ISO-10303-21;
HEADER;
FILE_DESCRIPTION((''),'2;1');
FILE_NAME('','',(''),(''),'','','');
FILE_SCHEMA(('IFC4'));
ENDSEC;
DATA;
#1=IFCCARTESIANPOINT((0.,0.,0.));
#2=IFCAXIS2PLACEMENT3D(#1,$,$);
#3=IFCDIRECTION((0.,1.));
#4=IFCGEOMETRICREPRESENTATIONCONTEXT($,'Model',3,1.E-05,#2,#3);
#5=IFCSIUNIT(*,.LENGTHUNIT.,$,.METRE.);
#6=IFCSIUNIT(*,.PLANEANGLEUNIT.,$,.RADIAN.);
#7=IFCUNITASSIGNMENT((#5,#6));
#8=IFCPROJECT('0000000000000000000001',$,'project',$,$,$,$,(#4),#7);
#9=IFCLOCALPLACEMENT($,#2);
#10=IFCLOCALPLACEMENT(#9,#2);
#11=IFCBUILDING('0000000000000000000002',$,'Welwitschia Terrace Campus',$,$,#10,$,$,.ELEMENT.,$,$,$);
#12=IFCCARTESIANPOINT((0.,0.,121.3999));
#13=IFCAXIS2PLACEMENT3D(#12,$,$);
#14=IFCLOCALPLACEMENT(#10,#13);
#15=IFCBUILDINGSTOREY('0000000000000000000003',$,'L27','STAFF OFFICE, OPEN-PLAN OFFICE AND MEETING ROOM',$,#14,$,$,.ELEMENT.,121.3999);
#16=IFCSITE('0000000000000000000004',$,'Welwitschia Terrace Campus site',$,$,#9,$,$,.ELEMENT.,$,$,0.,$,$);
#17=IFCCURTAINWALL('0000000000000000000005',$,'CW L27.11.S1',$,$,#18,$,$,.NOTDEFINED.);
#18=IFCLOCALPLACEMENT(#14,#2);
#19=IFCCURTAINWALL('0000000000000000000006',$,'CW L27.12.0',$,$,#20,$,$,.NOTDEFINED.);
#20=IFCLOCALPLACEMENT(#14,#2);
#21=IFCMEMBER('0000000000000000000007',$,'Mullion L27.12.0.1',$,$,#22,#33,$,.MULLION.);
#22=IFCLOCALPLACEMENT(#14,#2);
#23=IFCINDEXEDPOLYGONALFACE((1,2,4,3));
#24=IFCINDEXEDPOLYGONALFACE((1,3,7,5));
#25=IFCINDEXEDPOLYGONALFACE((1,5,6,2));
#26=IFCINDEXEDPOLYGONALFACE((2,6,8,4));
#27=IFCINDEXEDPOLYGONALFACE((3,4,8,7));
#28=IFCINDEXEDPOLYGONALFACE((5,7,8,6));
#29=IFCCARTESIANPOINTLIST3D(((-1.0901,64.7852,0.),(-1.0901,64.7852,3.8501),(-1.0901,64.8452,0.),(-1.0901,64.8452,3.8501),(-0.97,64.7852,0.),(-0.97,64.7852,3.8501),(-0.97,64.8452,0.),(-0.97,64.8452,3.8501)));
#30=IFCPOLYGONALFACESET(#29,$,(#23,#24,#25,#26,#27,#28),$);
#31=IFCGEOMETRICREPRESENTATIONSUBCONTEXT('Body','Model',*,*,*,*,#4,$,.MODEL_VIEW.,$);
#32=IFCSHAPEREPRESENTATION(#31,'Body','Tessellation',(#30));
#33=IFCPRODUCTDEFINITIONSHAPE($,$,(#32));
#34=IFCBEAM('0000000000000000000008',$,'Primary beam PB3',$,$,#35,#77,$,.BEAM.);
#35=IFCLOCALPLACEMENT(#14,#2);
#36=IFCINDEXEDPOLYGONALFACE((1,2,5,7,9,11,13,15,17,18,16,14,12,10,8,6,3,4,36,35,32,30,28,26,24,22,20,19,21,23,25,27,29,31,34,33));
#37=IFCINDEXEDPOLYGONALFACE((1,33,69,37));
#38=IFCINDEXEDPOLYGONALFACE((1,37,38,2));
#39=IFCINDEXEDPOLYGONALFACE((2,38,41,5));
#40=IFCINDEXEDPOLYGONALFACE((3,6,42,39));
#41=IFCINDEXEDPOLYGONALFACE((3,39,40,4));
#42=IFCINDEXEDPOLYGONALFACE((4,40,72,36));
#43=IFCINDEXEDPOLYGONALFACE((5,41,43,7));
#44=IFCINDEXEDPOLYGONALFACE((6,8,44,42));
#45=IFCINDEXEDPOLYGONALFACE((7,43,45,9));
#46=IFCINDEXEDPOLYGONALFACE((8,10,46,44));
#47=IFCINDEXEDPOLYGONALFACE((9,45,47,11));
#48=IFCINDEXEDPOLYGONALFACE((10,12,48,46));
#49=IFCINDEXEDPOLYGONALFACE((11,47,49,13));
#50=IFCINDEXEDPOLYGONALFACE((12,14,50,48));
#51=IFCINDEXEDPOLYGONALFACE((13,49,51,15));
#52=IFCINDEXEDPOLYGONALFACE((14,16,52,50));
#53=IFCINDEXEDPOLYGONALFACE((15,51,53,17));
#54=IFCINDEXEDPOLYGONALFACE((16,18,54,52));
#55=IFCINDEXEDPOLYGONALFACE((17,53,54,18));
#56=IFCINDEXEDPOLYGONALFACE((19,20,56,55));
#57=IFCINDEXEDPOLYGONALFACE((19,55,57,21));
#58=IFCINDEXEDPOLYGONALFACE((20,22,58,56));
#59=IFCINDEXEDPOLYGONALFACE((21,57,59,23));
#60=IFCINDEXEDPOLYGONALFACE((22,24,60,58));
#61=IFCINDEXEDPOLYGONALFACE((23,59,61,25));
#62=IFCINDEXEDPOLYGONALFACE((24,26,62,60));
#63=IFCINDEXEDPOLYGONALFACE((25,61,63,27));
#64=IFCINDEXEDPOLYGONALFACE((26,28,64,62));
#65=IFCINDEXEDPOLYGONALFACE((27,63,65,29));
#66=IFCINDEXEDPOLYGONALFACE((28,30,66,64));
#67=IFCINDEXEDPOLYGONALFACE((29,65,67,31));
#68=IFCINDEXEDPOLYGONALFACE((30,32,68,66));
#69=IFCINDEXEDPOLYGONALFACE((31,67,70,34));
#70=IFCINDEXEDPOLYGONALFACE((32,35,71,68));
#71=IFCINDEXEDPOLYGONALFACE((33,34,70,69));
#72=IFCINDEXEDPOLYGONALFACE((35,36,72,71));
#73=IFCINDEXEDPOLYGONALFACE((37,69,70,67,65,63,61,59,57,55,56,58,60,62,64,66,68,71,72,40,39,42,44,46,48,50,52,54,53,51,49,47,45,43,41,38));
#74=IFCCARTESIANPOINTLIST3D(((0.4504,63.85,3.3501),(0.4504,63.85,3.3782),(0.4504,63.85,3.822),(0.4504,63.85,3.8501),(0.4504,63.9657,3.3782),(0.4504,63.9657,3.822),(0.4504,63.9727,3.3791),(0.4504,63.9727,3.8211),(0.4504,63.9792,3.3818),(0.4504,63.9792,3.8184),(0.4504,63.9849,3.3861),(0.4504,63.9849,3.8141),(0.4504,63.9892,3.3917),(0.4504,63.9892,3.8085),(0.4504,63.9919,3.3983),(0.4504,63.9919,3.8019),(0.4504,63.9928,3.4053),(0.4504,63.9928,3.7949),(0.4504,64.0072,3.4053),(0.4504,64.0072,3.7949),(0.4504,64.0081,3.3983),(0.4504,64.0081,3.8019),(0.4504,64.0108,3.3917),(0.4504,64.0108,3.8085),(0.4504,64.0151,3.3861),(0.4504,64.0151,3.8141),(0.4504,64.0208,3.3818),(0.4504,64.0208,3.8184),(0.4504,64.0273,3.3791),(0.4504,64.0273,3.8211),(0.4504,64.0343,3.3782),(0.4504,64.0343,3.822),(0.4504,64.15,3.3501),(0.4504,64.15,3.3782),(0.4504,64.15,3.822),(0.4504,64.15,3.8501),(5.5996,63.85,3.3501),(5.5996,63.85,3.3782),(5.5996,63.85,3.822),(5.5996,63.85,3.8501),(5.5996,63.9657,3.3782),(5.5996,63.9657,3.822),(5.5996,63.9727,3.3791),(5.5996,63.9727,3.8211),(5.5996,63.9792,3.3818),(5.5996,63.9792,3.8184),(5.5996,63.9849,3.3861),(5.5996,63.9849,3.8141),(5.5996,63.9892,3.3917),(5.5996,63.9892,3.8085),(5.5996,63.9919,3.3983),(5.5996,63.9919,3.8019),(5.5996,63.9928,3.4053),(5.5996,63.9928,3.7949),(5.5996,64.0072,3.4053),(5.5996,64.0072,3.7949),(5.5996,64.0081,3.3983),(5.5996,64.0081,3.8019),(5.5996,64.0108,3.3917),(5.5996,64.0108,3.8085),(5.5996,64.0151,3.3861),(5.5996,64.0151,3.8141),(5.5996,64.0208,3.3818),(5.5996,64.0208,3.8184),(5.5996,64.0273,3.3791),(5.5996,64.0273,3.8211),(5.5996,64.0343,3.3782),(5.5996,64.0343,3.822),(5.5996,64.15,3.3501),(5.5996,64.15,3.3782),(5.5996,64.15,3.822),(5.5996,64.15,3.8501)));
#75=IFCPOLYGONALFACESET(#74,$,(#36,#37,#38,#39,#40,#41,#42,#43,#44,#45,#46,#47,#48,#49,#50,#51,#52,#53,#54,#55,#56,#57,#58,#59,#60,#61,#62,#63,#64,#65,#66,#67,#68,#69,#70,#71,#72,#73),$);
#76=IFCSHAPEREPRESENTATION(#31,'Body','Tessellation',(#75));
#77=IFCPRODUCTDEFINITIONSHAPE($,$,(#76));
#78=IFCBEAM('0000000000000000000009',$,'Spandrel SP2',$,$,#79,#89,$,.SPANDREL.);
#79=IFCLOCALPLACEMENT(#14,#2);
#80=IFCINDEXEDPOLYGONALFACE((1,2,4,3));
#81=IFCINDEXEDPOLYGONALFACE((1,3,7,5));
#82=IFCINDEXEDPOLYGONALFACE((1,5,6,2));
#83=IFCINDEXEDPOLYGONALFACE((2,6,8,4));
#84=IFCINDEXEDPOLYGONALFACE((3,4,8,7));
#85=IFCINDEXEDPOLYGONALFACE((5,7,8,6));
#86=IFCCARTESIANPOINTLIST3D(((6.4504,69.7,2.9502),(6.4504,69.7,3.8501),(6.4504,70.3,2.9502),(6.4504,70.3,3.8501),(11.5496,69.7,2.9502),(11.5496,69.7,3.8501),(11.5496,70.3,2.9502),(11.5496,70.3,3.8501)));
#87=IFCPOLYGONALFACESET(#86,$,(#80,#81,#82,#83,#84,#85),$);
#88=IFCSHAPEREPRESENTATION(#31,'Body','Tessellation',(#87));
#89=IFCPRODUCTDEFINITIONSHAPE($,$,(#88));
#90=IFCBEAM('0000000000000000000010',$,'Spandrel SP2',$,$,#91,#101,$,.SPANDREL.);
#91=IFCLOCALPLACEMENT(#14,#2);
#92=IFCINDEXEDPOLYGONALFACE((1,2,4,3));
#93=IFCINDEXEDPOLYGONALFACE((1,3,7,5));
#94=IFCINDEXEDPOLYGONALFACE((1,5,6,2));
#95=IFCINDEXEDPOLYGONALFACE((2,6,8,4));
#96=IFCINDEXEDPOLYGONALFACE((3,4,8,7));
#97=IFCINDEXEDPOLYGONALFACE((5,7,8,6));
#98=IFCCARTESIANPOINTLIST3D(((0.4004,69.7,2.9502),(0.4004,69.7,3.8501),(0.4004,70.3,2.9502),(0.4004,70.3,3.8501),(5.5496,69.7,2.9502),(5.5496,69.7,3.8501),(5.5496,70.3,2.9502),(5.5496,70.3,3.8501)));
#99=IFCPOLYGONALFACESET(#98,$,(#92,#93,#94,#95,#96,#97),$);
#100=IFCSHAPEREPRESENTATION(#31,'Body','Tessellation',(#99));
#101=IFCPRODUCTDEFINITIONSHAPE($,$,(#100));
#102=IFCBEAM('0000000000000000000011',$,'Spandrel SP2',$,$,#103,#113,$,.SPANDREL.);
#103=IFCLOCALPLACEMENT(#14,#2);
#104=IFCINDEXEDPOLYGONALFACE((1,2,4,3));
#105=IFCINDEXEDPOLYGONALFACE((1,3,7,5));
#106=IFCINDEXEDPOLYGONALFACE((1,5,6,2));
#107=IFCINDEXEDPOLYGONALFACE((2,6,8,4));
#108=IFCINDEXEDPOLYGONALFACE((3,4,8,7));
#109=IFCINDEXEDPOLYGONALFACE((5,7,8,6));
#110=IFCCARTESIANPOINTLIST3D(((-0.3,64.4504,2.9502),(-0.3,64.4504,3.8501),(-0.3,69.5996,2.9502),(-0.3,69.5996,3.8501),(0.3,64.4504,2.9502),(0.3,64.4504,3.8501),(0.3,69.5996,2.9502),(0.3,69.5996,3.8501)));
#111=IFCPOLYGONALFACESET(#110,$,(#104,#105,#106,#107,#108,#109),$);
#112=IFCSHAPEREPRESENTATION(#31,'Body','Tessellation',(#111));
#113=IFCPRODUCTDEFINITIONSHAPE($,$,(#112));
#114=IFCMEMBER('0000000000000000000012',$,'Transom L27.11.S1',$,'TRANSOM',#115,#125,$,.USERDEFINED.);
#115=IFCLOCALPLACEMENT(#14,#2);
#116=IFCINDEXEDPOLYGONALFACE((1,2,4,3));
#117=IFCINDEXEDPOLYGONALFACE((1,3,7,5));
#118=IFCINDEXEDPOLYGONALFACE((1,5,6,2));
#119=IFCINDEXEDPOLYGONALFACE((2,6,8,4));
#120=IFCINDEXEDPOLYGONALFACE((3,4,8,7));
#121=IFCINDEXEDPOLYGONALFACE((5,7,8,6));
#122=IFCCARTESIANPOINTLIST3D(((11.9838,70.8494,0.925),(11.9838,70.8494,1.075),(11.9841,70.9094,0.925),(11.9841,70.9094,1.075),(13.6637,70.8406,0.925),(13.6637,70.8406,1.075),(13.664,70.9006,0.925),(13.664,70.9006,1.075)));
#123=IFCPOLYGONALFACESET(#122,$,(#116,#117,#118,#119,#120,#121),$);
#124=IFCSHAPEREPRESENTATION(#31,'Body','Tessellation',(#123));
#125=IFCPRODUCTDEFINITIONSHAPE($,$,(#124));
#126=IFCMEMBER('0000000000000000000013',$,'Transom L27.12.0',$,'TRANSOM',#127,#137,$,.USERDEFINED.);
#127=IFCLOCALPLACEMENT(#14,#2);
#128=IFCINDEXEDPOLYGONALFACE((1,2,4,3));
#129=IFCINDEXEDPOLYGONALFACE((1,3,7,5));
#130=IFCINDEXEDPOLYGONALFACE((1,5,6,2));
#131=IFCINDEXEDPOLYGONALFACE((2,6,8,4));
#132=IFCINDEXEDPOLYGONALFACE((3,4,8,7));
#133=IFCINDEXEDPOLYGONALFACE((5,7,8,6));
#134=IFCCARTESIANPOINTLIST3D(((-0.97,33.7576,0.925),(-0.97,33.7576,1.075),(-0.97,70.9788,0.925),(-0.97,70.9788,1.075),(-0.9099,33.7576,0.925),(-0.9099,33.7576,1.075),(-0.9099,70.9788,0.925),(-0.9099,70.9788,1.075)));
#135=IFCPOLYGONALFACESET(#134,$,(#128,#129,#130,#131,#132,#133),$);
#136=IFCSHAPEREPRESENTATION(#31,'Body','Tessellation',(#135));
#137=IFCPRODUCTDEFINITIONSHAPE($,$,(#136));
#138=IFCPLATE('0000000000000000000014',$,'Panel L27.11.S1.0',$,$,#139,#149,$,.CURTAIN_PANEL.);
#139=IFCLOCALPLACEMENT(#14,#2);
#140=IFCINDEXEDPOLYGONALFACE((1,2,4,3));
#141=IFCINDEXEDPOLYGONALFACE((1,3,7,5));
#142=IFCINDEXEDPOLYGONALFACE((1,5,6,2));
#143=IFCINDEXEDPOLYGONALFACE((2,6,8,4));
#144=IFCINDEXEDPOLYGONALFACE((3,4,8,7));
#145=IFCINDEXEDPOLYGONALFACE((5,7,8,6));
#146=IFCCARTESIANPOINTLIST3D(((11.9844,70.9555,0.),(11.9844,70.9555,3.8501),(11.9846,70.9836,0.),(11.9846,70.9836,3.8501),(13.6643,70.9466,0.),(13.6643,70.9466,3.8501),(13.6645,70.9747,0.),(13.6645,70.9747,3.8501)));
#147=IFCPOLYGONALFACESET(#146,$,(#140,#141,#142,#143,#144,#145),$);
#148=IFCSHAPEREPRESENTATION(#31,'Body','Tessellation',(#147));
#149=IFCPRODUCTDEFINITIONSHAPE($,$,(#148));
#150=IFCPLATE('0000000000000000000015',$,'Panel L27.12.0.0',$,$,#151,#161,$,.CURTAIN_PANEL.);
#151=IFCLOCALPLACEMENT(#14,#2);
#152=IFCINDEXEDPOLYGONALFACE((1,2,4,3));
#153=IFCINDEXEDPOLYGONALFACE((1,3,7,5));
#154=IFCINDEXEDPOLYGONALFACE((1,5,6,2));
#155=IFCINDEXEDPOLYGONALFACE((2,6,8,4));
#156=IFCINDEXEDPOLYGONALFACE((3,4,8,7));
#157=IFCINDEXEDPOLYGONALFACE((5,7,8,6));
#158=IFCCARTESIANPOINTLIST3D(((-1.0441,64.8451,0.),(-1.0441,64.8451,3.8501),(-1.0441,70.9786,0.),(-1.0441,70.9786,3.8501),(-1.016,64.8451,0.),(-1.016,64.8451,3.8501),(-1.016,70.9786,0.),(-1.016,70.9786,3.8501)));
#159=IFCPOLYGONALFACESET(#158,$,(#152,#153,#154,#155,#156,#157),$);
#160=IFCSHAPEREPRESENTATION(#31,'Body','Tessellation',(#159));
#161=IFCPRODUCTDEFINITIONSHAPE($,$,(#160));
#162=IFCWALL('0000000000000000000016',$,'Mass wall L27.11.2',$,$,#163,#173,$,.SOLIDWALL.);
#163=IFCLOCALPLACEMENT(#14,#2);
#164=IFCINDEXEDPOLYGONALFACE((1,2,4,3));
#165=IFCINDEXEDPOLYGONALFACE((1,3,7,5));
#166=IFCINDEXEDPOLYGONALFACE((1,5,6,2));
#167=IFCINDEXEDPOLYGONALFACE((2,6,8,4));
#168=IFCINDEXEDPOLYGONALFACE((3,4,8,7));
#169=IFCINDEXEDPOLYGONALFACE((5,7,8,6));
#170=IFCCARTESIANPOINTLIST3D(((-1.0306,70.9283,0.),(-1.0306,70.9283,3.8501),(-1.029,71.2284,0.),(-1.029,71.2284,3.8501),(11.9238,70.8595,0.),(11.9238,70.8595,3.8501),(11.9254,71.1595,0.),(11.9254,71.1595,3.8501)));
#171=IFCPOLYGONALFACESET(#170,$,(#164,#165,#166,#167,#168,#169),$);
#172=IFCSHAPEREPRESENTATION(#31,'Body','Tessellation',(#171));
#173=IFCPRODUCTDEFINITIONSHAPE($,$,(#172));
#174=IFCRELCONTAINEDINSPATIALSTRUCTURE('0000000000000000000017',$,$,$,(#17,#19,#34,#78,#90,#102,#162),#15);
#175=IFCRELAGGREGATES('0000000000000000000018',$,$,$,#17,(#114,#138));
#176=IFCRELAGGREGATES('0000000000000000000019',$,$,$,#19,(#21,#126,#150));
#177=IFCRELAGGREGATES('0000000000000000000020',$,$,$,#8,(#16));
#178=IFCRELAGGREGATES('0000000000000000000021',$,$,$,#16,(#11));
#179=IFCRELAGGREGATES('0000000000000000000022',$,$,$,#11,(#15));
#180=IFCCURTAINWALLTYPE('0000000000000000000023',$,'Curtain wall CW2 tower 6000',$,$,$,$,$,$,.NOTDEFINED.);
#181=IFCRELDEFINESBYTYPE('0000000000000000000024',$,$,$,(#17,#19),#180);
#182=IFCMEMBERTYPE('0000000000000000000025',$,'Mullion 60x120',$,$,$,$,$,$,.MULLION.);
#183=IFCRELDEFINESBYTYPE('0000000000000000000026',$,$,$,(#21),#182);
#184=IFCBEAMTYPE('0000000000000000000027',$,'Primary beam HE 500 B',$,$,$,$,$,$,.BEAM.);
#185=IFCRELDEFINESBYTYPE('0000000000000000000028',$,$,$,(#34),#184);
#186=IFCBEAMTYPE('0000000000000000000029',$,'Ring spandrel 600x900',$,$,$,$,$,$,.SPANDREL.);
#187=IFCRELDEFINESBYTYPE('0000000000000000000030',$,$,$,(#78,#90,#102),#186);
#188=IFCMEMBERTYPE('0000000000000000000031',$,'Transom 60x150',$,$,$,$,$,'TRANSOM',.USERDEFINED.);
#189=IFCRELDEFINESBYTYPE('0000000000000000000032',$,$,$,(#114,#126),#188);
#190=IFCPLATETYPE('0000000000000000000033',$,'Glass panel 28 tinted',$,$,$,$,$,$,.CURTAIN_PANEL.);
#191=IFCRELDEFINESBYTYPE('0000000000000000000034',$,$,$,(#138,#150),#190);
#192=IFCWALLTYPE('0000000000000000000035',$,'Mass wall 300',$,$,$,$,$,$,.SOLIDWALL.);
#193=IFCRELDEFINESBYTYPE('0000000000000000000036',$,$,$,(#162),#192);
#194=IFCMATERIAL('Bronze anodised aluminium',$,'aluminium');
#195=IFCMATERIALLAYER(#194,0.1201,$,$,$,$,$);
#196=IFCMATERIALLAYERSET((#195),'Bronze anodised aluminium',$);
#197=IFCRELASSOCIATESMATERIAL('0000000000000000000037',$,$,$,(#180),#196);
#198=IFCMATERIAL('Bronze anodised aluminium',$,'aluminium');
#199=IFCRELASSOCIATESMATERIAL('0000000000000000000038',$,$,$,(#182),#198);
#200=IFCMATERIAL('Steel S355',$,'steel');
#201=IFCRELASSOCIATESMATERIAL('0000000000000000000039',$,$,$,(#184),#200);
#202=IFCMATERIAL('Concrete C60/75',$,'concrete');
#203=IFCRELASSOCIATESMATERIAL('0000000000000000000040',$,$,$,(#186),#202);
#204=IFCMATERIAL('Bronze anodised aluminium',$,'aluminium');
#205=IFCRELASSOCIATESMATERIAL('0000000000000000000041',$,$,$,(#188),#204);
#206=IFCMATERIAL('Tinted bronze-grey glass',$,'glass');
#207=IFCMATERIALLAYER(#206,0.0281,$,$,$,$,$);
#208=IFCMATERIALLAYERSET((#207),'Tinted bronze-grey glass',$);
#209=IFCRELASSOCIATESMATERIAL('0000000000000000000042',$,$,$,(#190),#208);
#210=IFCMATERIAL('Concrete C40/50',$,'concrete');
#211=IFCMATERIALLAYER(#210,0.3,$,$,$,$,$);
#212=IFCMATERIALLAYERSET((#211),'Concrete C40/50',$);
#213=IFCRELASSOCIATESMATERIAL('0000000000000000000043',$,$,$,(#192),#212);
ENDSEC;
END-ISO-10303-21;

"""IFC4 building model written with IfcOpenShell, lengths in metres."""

from ifc_helpers import new_model, si_unit, direction, frame, frame_2d, origin, origin_2d, place, context, subcontext, project, spatial, rectangle, i_section, extrude, material, layer, layer_set, material_profile, profile_set, type_object, element, aggregate, save


model = new_model("IFC4")

# Units and contexts
model_context = context("Model", 3, precision=1e-05, world=origin(), true_north=direction((0.0, 1.0)))
body_context = subcontext(model_context, "Body", "Model", "MODEL_VIEW")
ifc_project = project(units=[si_unit("LENGTHUNIT", "METRE"), si_unit("PLANEANGLEUNIT", "RADIAN")], contexts=[model_context])

# Site, building, storey
site_placement = place(None, origin())
site = spatial("IfcSite", under=ifc_project, at=site_placement, Name="Welwitschia Terrace Campus site", CompositionType="ELEMENT", RefElevation=0.0)
building_placement = place(site_placement, origin())
building = spatial("IfcBuilding", under=site, at=building_placement, Name="Welwitschia Terrace Campus", CompositionType="ELEMENT")
storey_placement = place(building_placement, frame((0.0, 0.0, 121.3999)))
storey = spatial("IfcBuildingStorey", under=building, at=storey_placement, Name="L27", Description="STAFF OFFICE, OPEN-PLAN OFFICE AND MEETING ROOM", CompositionType="ELEMENT", Elevation=121.3999)

# Curtain walls, member
ifc_material_1 = material(Name="Bronze anodised aluminium", Category="aluminium")
ifc_layer_1 = layer(ifc_material_1, 0.1201)
ifc_layer_set_1 = layer_set([ifc_layer_1], Name="Bronze anodised aluminium")
curtain_wall_type = type_object("IfcCurtainWallType", Name="Curtain wall CW2 tower 6000", PredefinedType="NOTDEFINED", material=ifc_layer_set_1)
curtain_wall_1_placement = place(storey_placement, origin())
curtain_wall_1 = element("IfcCurtainWall", 1, at=curtain_wall_1_placement, inside=storey, type_object=curtain_wall_type, Name="CW L27.11.S1", PredefinedType="NOTDEFINED")
ifc_material_2 = material(Name="Bronze anodised aluminium", Category="aluminium")
ifc_material_profile_1 = material_profile(ifc_material_2, rectangle(XDim=0.1201, YDim=0.0601, at=origin_2d()))
ifc_profile_set_1 = profile_set([ifc_material_profile_1], Name="Bronze anodised aluminium")
member_type_1 = type_object("IfcMemberType", Name="Mullion 60x120", PredefinedType="MULLION", material=ifc_profile_set_1)
curtain_wall_2_placement = place(storey_placement, origin())
curtain_wall_2 = element("IfcCurtainWall", 2, at=curtain_wall_2_placement, inside=storey, type_object=curtain_wall_type, Name="CW L27.12.0", PredefinedType="NOTDEFINED")
member_1_placement = place(storey_placement, frame((-1.03, 64.8152, 0.0), z_axis=(0.0, 0.0, 1.0), x_axis=(1.0, 0.0, 0.0)))
member_1 = element("IfcMember", 3, at=member_1_placement, type_object=member_type_1, Name="Mullion L27.12.0.1", PredefinedType="MULLION", context=body_context, shape_type="SweptSolid", body=[
    extrude(rectangle(XDim=0.1201, YDim=0.0601, at=origin_2d()), origin(), (0.0, 0.0, 1.0), 3.8501),
])

# Beams
ifc_material_3 = material(Name="Steel S355", Category="steel")
ifc_material_profile_2 = material_profile(ifc_material_3, i_section(OverallWidth=0.3, OverallDepth=0.5, WebThickness=0.0144, FlangeThickness=0.0281, FilletRadius=0.0271, at=origin_2d()))
ifc_profile_set_2 = profile_set([ifc_material_profile_2], Name="Steel S355")
beam_type_1 = type_object("IfcBeamType", Name="Primary beam HE 500 B", PredefinedType="BEAM", material=ifc_profile_set_2)
beam_1_placement = place(storey_placement, frame((0.4504, 64.0, 3.6001), z_axis=(1.0, 0.0, 0.0), x_axis=(0.0, 1.0, 0.0)))
element("IfcBeam", 4, at=beam_1_placement, inside=storey, type_object=beam_type_1, Name="Primary beam PB3", PredefinedType="BEAM", context=body_context, shape_type="SweptSolid", body=[
    extrude(i_section(OverallWidth=0.3, OverallDepth=0.5, WebThickness=0.0144, FlangeThickness=0.0281, FilletRadius=0.0271, at=origin_2d()), origin(), (0.0, 0.0, 1.0), 5.1492),
])
ifc_material_4 = material(Name="Concrete C60/75", Category="concrete")
ifc_material_profile_3 = material_profile(ifc_material_4, rectangle(XDim=0.6001, YDim=0.8999, at=origin_2d()))
ifc_profile_set_3 = profile_set([ifc_material_profile_3], Name="Concrete C60/75")
beam_type_2 = type_object("IfcBeamType", Name="Ring spandrel 600x900", PredefinedType="SPANDREL", material=ifc_profile_set_3)
beam_2_placement = place(storey_placement, frame((11.5496, 70.0, 3.4001), z_axis=(-1.0, 0.0, 0.0), x_axis=(0.0, -1.0, 0.0)))
element("IfcBeam", 5, at=beam_2_placement, inside=storey, type_object=beam_type_2, Name="Spandrel SP2", PredefinedType="SPANDREL", context=body_context, shape_type="SweptSolid", body=[
    extrude(rectangle(XDim=0.6001, YDim=0.8999, at=origin_2d()), origin(), (0.0, 0.0, 1.0), 5.0991),
])
for number, where, z_axis, x_axis, name in (
    (6, (5.5496, 70.0, 3.4001), (-1.0, 0.0, 0.0), (0.0, -1.0, 0.0), "Spandrel SP2"),
    (7, (0.0, 69.5996, 3.4001), (0.0, -1.0, 0.0), (1.0, 0.0, 0.0), "Spandrel SP2"),
):
    element("IfcBeam", number, at=place(storey_placement, frame(where, z_axis=z_axis, x_axis=x_axis)), inside=storey, type_object=beam_type_2, Name=name, PredefinedType="SPANDREL", context=body_context, shape_type="SweptSolid", body=[
        extrude(rectangle(XDim=0.6001, YDim=0.8999, at=origin_2d()), origin(), (0.0, 0.0, 1.0), 5.1492),
    ])

# Members
ifc_material_5 = material(Name="Bronze anodised aluminium", Category="aluminium")
ifc_material_profile_4 = material_profile(ifc_material_5, rectangle(XDim=0.0601, YDim=0.1499, at=origin_2d()))
ifc_profile_set_4 = profile_set([ifc_material_profile_4], Name="Bronze anodised aluminium")
member_type_2 = type_object("IfcMemberType", Name="Transom 60x150", ElementType="TRANSOM", PredefinedType="USERDEFINED", material=ifc_profile_set_4)
member_2_placement = place(storey_placement, frame((13.6638, 70.8706, 1.0), z_axis=(-0.999986, 0.005232, 0.0), x_axis=(-0.005232, -0.999986, 0.0)))
member_2 = element("IfcMember", 8, at=member_2_placement, type_object=member_type_2, Name="Transom L27.11.S1", ObjectType="TRANSOM", PredefinedType="USERDEFINED", context=body_context, shape_type="SweptSolid", body=[
    extrude(rectangle(XDim=0.0601, YDim=0.1499, at=origin_2d()), origin(), (0.0, 0.0, 1.0), 1.6799),
])
member_3_placement = place(storey_placement, frame((-0.9399, 70.9788, 1.0), z_axis=(0.0, -1.0, 0.0), x_axis=(1.0, 0.0, 0.0)))
member_3 = element("IfcMember", 9, at=member_3_placement, type_object=member_type_2, Name="Transom L27.12.0", ObjectType="TRANSOM", PredefinedType="USERDEFINED", context=body_context, shape_type="SweptSolid", body=[
    extrude(rectangle(XDim=0.0601, YDim=0.1499, at=origin_2d()), origin(), (0.0, 0.0, 1.0), 37.2212),
])

# Plates
ifc_material_6 = material(Name="Tinted bronze-grey glass", Category="glass")
ifc_layer_2 = layer(ifc_material_6, 0.0281)
ifc_layer_set_2 = layer_set([ifc_layer_2], Name="Tinted bronze-grey glass")
plate_type = type_object("IfcPlateType", Name="Glass panel 28 tinted", PredefinedType="CURTAIN_PANEL", material=ifc_layer_set_2)
plate_1_placement = place(storey_placement, frame((12.8245, 70.9651, 0.0), z_axis=(0.0, 0.0, 1.0), x_axis=(-0.999986, 0.005314, 0.0)))
plate_1 = element("IfcPlate", 10, at=plate_1_placement, type_object=plate_type, Name="Panel L27.11.S1.0", PredefinedType="CURTAIN_PANEL", context=body_context, shape_type="SweptSolid", body=[
    extrude(rectangle(XDim=1.6799, YDim=0.0281, at=origin_2d()), origin(), (0.0, 0.0, 1.0), 3.8501),
])
aggregate(curtain_wall_1, [member_2, plate_1])
plate_2_placement = place(storey_placement, frame((-1.03, 67.9119, 0.0), z_axis=(0.0, 0.0, 1.0), x_axis=(0.0, -1.0, 0.0)))
plate_2 = element("IfcPlate", 11, at=plate_2_placement, type_object=plate_type, Name="Panel L27.12.0.0", PredefinedType="CURTAIN_PANEL", context=body_context, shape_type="SweptSolid", body=[
    extrude(rectangle(XDim=6.1335, YDim=0.0281, at=origin_2d()), origin(), (0.0, 0.0, 1.0), 3.8501),
])
aggregate(curtain_wall_2, [member_1, member_3, plate_2])

# Wall
ifc_material_7 = material(Name="Concrete C40/50", Category="concrete")
ifc_layer_3 = layer(ifc_material_7, 0.3)
ifc_layer_set_3 = layer_set([ifc_layer_3], Name="Concrete C40/50")
wall_type = type_object("IfcWallType", Name="Mass wall 300", PredefinedType="SOLIDWALL", material=ifc_layer_set_3)
wall_placement = place(storey_placement, frame((11.9246, 71.0095, 0.0), z_axis=(0.0, 0.0, 1.0), x_axis=(-0.999986, 0.005315, 0.0)))
element("IfcWall", 12, at=wall_placement, inside=storey, type_object=wall_type, Name="Mass wall L27.11.2", PredefinedType="SOLIDWALL", context=body_context, shape_type="SweptSolid", body=[
    extrude(rectangle(XDim=12.9546, YDim=0.3, at=frame_2d((6.4773, 0.0))), origin(), (0.0, 0.0, 1.0), 3.8501),
])

save(model, "model.ifc")
